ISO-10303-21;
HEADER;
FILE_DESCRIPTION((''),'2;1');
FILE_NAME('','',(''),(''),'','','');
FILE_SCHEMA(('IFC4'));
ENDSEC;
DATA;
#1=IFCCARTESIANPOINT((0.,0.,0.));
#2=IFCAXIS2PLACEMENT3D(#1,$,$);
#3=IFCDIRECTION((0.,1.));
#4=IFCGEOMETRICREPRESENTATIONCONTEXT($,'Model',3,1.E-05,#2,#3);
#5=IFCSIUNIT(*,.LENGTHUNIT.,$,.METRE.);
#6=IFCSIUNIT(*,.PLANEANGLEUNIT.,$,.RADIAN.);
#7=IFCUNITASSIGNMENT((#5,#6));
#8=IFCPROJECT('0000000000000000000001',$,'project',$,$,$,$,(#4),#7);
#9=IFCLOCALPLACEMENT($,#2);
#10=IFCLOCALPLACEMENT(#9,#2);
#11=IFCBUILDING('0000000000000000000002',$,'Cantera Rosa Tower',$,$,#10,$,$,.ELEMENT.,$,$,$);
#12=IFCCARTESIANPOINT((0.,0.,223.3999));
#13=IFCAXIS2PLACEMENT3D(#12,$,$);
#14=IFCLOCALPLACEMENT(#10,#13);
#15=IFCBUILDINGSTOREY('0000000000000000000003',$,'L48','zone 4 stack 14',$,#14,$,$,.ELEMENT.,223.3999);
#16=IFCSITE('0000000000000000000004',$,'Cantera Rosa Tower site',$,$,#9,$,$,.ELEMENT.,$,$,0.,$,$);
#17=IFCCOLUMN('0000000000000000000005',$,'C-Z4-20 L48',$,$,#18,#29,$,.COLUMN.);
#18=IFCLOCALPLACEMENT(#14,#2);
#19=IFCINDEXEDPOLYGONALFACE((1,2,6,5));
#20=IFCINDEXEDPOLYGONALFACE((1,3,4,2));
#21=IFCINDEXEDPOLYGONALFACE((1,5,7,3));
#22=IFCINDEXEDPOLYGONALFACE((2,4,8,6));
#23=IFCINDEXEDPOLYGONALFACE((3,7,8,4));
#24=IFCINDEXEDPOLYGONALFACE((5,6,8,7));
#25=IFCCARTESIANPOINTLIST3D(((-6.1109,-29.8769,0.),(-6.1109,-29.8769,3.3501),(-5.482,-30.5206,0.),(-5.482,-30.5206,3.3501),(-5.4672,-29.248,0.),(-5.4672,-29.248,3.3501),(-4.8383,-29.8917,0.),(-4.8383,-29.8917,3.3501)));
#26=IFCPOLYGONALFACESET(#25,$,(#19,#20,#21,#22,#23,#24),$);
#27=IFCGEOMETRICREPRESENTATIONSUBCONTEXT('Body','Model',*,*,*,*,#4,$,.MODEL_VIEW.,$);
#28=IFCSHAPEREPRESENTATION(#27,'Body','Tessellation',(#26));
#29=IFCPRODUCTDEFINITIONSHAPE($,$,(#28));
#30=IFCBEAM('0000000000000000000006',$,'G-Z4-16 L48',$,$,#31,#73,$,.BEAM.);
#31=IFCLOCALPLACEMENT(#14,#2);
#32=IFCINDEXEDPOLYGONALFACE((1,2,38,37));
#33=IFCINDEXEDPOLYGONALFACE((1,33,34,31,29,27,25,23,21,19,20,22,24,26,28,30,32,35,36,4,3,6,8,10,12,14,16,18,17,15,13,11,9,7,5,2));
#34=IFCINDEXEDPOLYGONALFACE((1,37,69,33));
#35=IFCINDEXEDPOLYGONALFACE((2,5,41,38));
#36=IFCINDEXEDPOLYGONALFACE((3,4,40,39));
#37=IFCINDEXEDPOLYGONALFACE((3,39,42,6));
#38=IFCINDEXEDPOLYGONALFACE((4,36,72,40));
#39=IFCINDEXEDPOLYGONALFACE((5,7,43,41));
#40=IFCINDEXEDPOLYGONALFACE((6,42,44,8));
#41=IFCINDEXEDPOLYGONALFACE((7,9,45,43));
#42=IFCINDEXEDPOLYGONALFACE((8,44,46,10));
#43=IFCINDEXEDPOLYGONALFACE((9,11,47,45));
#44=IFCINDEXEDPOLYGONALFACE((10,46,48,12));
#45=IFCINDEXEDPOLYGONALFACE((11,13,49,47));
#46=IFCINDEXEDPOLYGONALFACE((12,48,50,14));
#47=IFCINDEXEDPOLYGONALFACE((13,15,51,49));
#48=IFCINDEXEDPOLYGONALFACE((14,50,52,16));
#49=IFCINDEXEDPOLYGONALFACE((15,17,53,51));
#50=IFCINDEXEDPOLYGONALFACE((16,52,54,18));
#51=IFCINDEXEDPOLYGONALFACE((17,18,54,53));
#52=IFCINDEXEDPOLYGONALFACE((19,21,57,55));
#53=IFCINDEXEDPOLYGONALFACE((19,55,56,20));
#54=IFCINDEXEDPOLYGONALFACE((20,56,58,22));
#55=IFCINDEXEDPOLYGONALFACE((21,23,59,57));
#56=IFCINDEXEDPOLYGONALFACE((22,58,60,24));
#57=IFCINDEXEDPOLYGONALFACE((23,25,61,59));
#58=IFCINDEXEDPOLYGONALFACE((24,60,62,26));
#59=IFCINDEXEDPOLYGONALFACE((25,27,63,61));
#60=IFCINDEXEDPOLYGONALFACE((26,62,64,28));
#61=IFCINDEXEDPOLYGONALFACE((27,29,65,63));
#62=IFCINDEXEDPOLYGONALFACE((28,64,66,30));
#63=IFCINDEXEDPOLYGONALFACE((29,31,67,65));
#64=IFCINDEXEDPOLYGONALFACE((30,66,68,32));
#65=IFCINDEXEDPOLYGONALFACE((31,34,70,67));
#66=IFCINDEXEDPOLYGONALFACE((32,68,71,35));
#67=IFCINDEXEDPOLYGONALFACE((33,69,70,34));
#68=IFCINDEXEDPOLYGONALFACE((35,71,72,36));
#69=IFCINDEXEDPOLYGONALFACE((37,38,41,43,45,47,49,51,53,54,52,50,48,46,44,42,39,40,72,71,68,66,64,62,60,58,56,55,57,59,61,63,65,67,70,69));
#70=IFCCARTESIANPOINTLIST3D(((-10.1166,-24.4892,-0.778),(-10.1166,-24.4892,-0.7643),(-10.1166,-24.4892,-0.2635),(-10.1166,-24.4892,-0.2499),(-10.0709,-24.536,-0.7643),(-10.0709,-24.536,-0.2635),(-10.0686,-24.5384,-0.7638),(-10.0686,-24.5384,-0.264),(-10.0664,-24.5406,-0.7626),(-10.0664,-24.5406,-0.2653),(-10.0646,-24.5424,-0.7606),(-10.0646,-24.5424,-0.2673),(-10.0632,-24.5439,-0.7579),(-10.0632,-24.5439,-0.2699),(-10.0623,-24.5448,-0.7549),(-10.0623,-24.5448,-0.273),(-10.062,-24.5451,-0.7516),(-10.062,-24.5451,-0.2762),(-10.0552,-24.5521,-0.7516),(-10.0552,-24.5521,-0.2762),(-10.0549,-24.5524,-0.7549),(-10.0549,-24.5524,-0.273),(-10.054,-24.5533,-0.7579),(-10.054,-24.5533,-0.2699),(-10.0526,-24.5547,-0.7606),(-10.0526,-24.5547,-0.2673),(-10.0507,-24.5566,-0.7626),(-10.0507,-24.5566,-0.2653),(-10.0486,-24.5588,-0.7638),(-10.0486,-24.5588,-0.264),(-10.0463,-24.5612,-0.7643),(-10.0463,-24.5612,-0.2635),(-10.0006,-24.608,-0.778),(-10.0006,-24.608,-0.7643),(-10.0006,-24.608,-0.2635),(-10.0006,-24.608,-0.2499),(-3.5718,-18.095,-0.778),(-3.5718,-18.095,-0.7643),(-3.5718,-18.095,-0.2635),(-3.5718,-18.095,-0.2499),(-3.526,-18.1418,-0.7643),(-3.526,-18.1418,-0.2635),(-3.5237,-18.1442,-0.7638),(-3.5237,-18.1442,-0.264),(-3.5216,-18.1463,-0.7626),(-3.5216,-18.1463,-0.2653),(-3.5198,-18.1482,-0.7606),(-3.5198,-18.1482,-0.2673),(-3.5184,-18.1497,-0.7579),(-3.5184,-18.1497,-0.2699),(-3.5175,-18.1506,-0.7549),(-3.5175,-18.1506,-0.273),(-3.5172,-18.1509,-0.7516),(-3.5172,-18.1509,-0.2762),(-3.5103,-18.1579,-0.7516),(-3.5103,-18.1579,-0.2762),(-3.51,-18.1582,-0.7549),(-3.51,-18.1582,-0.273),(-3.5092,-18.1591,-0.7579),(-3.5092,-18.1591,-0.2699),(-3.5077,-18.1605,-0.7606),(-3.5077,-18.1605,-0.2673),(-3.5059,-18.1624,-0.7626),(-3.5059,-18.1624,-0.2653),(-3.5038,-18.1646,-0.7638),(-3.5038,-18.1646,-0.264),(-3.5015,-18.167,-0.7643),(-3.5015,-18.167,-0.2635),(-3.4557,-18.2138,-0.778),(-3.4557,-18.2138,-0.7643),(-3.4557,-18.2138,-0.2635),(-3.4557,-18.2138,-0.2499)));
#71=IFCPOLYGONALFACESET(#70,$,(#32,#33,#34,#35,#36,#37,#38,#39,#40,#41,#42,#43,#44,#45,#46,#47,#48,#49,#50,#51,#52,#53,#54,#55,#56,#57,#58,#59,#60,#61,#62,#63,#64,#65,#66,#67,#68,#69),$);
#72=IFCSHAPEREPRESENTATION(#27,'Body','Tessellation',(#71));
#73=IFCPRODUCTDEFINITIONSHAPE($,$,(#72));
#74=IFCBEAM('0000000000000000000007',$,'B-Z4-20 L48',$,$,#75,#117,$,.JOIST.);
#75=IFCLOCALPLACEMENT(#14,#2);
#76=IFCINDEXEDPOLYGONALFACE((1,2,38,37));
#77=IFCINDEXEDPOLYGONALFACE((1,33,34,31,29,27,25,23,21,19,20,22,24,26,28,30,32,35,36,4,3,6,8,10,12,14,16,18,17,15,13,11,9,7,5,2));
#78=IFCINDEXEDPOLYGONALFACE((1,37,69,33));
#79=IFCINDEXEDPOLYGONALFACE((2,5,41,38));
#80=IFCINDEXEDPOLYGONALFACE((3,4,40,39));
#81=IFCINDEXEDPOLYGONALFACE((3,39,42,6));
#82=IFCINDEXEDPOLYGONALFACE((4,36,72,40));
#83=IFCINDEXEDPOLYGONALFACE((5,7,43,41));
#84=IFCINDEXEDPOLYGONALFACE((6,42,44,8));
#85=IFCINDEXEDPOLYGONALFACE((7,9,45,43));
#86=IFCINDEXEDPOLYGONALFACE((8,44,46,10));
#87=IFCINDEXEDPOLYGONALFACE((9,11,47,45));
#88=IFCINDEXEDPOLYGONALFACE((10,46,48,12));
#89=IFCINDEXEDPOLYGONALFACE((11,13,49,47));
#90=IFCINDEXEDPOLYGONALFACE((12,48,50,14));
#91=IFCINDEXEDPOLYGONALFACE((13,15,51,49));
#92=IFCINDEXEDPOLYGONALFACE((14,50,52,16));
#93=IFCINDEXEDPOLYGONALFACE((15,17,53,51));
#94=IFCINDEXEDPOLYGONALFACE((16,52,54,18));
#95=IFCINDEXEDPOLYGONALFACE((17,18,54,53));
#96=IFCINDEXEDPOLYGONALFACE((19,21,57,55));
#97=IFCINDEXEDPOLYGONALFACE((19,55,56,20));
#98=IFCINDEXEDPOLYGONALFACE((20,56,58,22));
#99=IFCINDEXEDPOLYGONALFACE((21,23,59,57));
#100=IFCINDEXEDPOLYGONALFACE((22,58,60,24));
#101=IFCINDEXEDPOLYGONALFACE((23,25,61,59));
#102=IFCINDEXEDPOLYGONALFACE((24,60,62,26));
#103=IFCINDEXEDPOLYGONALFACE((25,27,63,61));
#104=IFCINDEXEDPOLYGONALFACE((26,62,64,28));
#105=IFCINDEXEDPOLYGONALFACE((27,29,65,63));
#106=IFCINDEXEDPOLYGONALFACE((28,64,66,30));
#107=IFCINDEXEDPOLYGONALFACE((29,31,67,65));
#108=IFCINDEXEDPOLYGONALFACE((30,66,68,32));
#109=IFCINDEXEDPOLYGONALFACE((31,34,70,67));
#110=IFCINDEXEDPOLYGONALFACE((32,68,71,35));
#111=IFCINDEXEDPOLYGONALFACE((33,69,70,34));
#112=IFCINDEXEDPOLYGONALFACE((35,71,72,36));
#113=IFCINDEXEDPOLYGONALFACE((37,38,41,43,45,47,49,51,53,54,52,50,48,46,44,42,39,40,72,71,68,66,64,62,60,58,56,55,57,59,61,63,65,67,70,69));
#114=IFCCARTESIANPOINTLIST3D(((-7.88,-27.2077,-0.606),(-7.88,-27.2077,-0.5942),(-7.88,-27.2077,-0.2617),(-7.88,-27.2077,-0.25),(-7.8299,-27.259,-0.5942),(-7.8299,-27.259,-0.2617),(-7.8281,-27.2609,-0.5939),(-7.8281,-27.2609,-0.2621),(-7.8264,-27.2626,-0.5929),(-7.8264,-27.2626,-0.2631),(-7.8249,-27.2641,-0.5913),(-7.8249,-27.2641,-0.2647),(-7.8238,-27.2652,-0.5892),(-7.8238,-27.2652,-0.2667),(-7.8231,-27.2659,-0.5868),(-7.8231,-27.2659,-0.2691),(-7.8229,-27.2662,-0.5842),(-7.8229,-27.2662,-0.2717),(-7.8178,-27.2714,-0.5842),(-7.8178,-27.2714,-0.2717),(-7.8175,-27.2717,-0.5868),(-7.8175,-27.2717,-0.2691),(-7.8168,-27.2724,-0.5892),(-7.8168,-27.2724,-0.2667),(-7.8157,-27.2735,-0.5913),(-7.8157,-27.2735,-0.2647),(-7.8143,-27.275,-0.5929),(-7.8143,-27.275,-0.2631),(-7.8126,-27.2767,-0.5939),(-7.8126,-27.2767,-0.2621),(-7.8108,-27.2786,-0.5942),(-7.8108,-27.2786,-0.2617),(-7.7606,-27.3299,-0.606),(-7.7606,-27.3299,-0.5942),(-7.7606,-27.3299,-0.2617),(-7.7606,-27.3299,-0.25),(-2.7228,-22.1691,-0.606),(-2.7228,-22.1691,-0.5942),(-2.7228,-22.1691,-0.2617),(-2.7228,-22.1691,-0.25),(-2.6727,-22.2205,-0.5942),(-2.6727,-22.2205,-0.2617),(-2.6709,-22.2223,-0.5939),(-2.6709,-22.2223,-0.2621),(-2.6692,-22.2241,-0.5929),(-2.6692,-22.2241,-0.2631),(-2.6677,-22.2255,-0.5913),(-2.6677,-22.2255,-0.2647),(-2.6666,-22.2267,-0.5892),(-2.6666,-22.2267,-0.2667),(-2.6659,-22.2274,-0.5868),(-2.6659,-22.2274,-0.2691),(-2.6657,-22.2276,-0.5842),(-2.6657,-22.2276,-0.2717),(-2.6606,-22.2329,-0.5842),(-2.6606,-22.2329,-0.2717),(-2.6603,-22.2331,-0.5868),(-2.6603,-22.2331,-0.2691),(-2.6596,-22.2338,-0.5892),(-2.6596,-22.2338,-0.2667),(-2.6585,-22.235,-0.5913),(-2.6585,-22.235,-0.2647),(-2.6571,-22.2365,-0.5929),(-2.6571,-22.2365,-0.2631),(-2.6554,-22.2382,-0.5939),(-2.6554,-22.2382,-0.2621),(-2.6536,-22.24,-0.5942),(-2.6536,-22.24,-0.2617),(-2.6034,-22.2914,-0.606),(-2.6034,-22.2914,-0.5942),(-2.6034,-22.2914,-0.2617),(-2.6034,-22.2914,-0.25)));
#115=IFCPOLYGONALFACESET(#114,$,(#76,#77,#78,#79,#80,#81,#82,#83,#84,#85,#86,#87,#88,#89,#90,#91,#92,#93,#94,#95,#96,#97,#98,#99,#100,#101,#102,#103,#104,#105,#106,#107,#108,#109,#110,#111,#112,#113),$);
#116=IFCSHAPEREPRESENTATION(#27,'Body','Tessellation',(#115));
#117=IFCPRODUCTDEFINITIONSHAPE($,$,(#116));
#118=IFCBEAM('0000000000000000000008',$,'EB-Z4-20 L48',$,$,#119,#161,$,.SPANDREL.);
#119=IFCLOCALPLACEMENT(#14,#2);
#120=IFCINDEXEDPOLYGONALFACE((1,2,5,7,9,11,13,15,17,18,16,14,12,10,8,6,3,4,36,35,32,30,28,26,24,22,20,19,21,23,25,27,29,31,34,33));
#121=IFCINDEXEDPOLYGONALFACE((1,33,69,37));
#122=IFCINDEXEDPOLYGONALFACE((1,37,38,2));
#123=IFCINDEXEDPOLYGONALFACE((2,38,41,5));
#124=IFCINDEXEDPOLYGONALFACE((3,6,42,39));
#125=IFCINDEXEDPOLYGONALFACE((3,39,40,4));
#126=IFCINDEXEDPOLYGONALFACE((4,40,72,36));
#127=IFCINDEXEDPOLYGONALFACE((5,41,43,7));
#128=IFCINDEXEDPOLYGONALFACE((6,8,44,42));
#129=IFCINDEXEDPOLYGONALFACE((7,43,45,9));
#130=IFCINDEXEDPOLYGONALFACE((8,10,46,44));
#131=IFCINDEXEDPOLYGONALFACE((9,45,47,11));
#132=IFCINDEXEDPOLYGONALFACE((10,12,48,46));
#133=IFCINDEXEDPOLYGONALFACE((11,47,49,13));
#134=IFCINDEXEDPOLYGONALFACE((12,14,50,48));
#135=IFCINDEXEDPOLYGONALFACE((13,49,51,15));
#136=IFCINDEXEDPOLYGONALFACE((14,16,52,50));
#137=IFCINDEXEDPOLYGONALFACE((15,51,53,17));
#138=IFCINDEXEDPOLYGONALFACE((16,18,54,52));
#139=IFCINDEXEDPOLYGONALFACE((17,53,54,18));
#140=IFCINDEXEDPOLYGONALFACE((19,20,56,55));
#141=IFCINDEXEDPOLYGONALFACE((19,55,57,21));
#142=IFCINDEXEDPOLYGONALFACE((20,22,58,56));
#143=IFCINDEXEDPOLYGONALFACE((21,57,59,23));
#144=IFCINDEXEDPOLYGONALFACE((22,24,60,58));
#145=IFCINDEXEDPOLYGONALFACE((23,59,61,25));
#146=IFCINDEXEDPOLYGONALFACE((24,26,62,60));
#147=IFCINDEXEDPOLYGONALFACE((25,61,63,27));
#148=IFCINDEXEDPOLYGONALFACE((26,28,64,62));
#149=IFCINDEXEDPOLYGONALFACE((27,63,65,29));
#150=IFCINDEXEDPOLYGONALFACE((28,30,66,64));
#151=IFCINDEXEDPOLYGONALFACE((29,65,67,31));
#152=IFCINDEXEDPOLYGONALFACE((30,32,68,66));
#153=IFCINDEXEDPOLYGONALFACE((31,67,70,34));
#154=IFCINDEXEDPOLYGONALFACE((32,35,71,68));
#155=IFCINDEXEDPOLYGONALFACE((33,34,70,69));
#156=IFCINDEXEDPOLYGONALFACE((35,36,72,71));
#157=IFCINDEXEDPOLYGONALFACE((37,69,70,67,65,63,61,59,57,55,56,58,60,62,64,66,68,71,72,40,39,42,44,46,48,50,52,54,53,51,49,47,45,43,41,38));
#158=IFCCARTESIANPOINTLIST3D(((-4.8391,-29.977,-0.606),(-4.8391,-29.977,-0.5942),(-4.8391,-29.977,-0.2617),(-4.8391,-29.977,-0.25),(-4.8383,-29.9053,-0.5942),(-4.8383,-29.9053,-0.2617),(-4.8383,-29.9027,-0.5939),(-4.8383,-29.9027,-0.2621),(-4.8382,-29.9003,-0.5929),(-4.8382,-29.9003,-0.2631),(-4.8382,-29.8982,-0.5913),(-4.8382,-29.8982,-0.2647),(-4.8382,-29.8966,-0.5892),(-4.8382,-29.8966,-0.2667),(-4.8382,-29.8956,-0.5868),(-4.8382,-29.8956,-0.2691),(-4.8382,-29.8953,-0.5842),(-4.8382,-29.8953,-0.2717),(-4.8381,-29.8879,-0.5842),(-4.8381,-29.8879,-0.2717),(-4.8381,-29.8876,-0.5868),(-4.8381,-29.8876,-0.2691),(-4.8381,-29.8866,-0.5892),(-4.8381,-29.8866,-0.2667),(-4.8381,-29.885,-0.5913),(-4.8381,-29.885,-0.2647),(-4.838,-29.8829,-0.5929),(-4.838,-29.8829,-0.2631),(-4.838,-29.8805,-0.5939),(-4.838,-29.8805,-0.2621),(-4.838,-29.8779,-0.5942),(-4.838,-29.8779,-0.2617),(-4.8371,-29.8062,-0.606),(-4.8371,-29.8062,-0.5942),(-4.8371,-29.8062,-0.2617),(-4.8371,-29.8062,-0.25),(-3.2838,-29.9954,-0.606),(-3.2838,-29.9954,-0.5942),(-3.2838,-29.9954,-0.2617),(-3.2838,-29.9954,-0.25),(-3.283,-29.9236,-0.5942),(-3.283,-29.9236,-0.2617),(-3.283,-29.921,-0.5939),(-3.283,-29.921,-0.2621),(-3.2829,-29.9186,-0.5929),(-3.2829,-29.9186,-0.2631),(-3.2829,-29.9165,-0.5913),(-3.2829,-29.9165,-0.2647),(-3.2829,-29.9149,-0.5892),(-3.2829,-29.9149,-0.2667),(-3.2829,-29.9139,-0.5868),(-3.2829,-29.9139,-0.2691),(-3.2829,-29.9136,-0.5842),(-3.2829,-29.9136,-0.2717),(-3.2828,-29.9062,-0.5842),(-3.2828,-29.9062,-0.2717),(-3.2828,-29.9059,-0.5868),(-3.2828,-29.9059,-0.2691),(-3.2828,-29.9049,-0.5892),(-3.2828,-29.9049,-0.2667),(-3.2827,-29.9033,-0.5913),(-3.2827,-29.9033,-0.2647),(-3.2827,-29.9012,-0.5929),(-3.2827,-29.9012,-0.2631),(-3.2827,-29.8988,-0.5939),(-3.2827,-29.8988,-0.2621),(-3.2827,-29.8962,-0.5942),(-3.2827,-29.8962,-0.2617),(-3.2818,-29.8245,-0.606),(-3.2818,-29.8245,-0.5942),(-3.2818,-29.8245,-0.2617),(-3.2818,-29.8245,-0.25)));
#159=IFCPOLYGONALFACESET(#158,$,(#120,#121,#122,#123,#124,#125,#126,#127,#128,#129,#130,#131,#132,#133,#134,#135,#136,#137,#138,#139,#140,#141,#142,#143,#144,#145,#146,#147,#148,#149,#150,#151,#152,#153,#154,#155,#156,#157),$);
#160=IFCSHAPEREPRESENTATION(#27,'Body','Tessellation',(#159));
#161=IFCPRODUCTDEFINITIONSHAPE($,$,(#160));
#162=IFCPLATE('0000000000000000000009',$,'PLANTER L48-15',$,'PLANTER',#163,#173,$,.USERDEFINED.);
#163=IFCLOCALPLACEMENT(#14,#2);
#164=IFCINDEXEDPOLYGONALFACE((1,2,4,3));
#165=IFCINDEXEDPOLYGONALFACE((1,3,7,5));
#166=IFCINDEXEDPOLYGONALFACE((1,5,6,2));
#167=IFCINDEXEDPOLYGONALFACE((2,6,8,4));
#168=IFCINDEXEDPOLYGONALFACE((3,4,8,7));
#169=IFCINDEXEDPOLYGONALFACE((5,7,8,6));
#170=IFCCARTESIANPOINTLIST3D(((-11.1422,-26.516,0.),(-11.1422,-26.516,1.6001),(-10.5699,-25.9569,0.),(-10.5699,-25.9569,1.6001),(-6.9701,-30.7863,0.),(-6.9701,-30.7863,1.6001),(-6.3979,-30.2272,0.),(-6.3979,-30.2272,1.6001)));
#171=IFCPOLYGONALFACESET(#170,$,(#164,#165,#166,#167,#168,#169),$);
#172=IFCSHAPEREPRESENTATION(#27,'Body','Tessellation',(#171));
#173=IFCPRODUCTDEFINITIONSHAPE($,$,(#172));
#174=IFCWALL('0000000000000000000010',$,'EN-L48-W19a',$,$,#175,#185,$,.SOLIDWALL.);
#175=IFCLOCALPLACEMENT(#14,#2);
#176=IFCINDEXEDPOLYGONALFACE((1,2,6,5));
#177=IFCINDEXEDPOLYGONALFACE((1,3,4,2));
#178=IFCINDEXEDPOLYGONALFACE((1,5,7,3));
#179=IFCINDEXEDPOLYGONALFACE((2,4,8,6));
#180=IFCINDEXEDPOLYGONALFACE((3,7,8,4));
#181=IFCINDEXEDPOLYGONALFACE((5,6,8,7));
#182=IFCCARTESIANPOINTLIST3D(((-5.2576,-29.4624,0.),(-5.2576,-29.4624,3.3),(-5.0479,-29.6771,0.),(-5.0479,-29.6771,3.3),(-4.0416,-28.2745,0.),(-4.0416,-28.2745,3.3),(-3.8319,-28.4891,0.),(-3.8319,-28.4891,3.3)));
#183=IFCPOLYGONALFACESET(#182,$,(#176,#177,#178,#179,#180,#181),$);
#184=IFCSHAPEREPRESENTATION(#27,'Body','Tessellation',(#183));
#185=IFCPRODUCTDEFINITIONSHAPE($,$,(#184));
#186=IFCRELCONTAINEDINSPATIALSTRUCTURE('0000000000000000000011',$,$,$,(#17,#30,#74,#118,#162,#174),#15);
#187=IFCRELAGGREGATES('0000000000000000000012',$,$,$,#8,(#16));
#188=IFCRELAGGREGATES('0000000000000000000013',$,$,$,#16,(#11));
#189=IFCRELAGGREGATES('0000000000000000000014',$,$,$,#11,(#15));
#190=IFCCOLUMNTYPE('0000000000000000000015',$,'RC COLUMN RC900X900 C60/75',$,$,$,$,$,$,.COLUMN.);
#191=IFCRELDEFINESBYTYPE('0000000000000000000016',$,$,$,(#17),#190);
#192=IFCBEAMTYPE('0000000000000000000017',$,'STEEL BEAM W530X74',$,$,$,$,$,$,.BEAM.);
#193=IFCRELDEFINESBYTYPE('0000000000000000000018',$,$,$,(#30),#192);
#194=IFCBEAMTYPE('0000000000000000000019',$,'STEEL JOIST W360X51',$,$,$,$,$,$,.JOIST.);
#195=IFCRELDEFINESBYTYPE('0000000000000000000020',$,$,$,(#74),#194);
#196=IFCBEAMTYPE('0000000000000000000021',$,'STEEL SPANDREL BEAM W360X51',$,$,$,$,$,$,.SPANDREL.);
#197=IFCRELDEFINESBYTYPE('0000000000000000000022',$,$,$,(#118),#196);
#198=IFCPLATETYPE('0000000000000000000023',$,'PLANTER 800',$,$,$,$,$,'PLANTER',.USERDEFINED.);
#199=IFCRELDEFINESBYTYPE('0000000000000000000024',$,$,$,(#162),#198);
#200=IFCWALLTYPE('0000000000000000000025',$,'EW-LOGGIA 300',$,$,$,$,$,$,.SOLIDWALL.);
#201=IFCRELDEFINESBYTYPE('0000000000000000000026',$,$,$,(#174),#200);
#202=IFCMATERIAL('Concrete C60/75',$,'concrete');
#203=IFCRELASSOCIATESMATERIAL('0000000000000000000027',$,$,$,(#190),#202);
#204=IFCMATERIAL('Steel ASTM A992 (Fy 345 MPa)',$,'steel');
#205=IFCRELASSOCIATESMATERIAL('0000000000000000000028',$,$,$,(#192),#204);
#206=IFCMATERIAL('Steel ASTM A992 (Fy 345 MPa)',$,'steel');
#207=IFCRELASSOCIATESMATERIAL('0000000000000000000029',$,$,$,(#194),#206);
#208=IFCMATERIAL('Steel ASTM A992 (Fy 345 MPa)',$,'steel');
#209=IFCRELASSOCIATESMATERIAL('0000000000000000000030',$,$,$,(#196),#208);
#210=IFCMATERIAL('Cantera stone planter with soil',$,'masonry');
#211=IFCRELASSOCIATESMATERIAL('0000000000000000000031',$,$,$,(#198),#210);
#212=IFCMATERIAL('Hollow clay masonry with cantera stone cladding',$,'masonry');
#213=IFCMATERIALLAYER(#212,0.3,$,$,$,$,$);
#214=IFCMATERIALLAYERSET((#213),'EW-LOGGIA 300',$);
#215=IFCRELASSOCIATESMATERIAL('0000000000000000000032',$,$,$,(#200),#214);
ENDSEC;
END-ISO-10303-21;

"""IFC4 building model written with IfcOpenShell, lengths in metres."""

from ifc_helpers import new_model, si_unit, direction, frame, frame_2d, origin, origin_2d, place, context, subcontext, project, spatial, rectangle, i_section, extrude, material, layer, layer_set, material_profile, profile_set, type_object, element, save


model = new_model("IFC4")

# Units and contexts
model_context = context("Model", 3, precision=1e-05, world=origin(), true_north=direction((0.0, 1.0)))
body_context = subcontext(model_context, "Body", "Model", "MODEL_VIEW")
ifc_project = project(units=[si_unit("LENGTHUNIT", "METRE"), si_unit("PLANEANGLEUNIT", "RADIAN")], contexts=[model_context])

# Site, building, storey
site_placement = place(None, origin())
site = spatial("IfcSite", under=ifc_project, at=site_placement, Name="Cantera Rosa Tower site", CompositionType="ELEMENT", RefElevation=0.0)
building_placement = place(site_placement, origin())
building = spatial("IfcBuilding", under=site, at=building_placement, Name="Cantera Rosa Tower", CompositionType="ELEMENT")
storey_placement = place(building_placement, frame((0.0, 0.0, 223.3999)))
storey = spatial("IfcBuildingStorey", under=building, at=storey_placement, Name="L48", Description="zone 4 stack 14", CompositionType="ELEMENT", Elevation=223.3999)

# Column
ifc_material_1 = material(Name="Concrete C60/75", Category="concrete")
ifc_material_profile_1 = material_profile(ifc_material_1, rectangle(XDim=0.8999, YDim=0.8999, at=origin_2d()), Name="RC COLUMN RC900X900 C60/75")
ifc_profile_set_1 = profile_set([ifc_material_profile_1], Name="Concrete C60/75")
column_type = type_object("IfcColumnType", Name="RC COLUMN RC900X900 C60/75", PredefinedType="COLUMN", material=ifc_profile_set_1)
column_placement = place(storey_placement, frame((-5.4746, -29.8843, 0.0), z_axis=(0.0, 0.0, 1.0), x_axis=(0.715286, 0.698832, 0.0)))
element("IfcColumn", 1, at=column_placement, inside=storey, type_object=column_type, Name="C-Z4-20 L48", PredefinedType="COLUMN", context=body_context, shape_type="SweptSolid", body=[
    extrude(rectangle(XDim=0.8999, YDim=0.8999, at=origin_2d()), origin(), (0.0, 0.0, 1.0), 3.3501),
])

# Beams
ifc_material_2 = material(Name="Steel ASTM A992 (Fy 345 MPa)", Category="steel")
ifc_material_profile_2 = material_profile(ifc_material_2, i_section(OverallWidth=0.166, OverallDepth=0.5281, WebThickness=0.0098, FlangeThickness=0.0137, FilletRadius=0.0127, at=origin_2d()), Name="W530X74")
ifc_profile_set_2 = profile_set([ifc_material_profile_2], Name="Steel ASTM A992 (Fy 345 MPa)")
beam_type_1 = type_object("IfcBeamType", Name="STEEL BEAM W530X74", PredefinedType="BEAM", material=ifc_profile_set_2)
beam_1_placement = place(storey_placement, frame((-10.0586, -24.5486, -0.5139), z_axis=(0.71529, 0.698827, 0.0), x_axis=(-0.698827, 0.71529, 0.0)))
element("IfcBeam", 2, at=beam_1_placement, inside=storey, type_object=beam_type_1, Name="G-Z4-16 L48", PredefinedType="BEAM", context=body_context, shape_type="SweptSolid", body=[
    extrude(i_section(OverallWidth=0.166, OverallDepth=0.5281, WebThickness=0.0098, FlangeThickness=0.0137, FilletRadius=0.0127, at=origin_2d()), origin(), (0.0, 0.0, 1.0), 9.1499),
])
ifc_material_3 = material(Name="Steel ASTM A992 (Fy 345 MPa)", Category="steel")
ifc_material_profile_3 = material_profile(ifc_material_3, i_section(OverallWidth=0.1709, OverallDepth=0.356, WebThickness=0.0073, FlangeThickness=0.0117, FilletRadius=0.01, at=origin_2d()), Name="W360X51")
ifc_profile_set_3 = profile_set([ifc_material_profile_3], Name="Steel ASTM A992 (Fy 345 MPa)")
beam_type_2 = type_object("IfcBeamType", Name="STEEL JOIST W360X51", PredefinedType="JOIST", material=ifc_profile_set_3)
beam_2_placement = place(storey_placement, frame((-7.8203, -27.2688, -0.428), z_axis=(0.715287, 0.698831, 0.0), x_axis=(-0.698831, 0.715287, 0.0)))
element("IfcBeam", 3, at=beam_2_placement, inside=storey, type_object=beam_type_2, Name="B-Z4-20 L48", PredefinedType="JOIST", context=body_context, shape_type="SweptSolid", body=[
    extrude(i_section(OverallWidth=0.1709, OverallDepth=0.356, WebThickness=0.0073, FlangeThickness=0.0117, FilletRadius=0.01, at=origin_2d()), origin(), (0.0, 0.0, 1.0), 7.21),
])
ifc_material_4 = material(Name="Steel ASTM A992 (Fy 345 MPa)", Category="steel")
ifc_material_profile_4 = material_profile(ifc_material_4, i_section(OverallWidth=0.1709, OverallDepth=0.356, WebThickness=0.0073, FlangeThickness=0.0117, FilletRadius=0.01, at=origin_2d()), Name="W360X51")
ifc_profile_set_4 = profile_set([ifc_material_profile_4], Name="Steel ASTM A992 (Fy 345 MPa)")
beam_type_3 = type_object("IfcBeamType", Name="STEEL SPANDREL BEAM W360X51", PredefinedType="SPANDREL", material=ifc_profile_set_4)
beam_3_placement = place(storey_placement, frame((-4.8381, -29.8916, -0.428), z_axis=(0.999931, -0.011771, 0.0), x_axis=(0.011771, 0.999931, 0.0)))
element("IfcBeam", 4, at=beam_3_placement, inside=storey, type_object=beam_type_3, Name="EB-Z4-20 L48", PredefinedType="SPANDREL", context=body_context, shape_type="SweptSolid", body=[
    extrude(i_section(OverallWidth=0.1709, OverallDepth=0.356, WebThickness=0.0073, FlangeThickness=0.0117, FilletRadius=0.01, at=origin_2d()), origin(), (0.0, 0.0, 1.0), 1.5554),
])

# Plate
ifc_material_5 = material(Name="Cantera stone planter with soil", Category="masonry")
plate_type = type_object("IfcPlateType", Name="PLANTER 800", ElementType="PLANTER", PredefinedType="USERDEFINED", material=ifc_material_5)
plate_placement = place(storey_placement, frame((-8.77, -28.3716, 0.0), z_axis=(0.0, 0.0, 1.0), x_axis=(0.698832, -0.715286, 0.0)))
element("IfcPlate", 5, at=plate_placement, inside=storey, type_object=plate_type, Name="PLANTER L48-15", ObjectType="PLANTER", PredefinedType="USERDEFINED", context=body_context, shape_type="SweptSolid", body=[
    extrude(rectangle(XDim=5.97, YDim=0.8, at=origin_2d()), origin(), (0.0, 0.0, 1.0), 1.6001),
])

# Wall
ifc_material_6 = material(Name="Hollow clay masonry with cantera stone cladding", Category="masonry")
ifc_layer_1 = layer(ifc_material_6, 0.3)
ifc_layer_set_1 = layer_set([ifc_layer_1], Name="EW-LOGGIA 300")
wall_type_1 = type_object("IfcWallType", Name="EW-LOGGIA 300", PredefinedType="SOLIDWALL", material=ifc_layer_set_1)
wall_1_placement = place(storey_placement, frame((-5.1528, -29.5698, 0.0), z_axis=(0.0, 0.0, 1.0), x_axis=(0.715316, 0.698801, 0.0)))
element("IfcWall", 6, at=wall_1_placement, inside=storey, type_object=wall_type_1, Name="EN-L48-W19a", PredefinedType="SOLIDWALL", context=body_context, shape_type="SweptSolid", body=[
    extrude(rectangle(XDim=1.7, YDim=0.3, at=frame_2d((0.8501, 0.0))), origin(), (0.0, 0.0, 1.0), 3.3),
])

save(model, "model.ifc")
